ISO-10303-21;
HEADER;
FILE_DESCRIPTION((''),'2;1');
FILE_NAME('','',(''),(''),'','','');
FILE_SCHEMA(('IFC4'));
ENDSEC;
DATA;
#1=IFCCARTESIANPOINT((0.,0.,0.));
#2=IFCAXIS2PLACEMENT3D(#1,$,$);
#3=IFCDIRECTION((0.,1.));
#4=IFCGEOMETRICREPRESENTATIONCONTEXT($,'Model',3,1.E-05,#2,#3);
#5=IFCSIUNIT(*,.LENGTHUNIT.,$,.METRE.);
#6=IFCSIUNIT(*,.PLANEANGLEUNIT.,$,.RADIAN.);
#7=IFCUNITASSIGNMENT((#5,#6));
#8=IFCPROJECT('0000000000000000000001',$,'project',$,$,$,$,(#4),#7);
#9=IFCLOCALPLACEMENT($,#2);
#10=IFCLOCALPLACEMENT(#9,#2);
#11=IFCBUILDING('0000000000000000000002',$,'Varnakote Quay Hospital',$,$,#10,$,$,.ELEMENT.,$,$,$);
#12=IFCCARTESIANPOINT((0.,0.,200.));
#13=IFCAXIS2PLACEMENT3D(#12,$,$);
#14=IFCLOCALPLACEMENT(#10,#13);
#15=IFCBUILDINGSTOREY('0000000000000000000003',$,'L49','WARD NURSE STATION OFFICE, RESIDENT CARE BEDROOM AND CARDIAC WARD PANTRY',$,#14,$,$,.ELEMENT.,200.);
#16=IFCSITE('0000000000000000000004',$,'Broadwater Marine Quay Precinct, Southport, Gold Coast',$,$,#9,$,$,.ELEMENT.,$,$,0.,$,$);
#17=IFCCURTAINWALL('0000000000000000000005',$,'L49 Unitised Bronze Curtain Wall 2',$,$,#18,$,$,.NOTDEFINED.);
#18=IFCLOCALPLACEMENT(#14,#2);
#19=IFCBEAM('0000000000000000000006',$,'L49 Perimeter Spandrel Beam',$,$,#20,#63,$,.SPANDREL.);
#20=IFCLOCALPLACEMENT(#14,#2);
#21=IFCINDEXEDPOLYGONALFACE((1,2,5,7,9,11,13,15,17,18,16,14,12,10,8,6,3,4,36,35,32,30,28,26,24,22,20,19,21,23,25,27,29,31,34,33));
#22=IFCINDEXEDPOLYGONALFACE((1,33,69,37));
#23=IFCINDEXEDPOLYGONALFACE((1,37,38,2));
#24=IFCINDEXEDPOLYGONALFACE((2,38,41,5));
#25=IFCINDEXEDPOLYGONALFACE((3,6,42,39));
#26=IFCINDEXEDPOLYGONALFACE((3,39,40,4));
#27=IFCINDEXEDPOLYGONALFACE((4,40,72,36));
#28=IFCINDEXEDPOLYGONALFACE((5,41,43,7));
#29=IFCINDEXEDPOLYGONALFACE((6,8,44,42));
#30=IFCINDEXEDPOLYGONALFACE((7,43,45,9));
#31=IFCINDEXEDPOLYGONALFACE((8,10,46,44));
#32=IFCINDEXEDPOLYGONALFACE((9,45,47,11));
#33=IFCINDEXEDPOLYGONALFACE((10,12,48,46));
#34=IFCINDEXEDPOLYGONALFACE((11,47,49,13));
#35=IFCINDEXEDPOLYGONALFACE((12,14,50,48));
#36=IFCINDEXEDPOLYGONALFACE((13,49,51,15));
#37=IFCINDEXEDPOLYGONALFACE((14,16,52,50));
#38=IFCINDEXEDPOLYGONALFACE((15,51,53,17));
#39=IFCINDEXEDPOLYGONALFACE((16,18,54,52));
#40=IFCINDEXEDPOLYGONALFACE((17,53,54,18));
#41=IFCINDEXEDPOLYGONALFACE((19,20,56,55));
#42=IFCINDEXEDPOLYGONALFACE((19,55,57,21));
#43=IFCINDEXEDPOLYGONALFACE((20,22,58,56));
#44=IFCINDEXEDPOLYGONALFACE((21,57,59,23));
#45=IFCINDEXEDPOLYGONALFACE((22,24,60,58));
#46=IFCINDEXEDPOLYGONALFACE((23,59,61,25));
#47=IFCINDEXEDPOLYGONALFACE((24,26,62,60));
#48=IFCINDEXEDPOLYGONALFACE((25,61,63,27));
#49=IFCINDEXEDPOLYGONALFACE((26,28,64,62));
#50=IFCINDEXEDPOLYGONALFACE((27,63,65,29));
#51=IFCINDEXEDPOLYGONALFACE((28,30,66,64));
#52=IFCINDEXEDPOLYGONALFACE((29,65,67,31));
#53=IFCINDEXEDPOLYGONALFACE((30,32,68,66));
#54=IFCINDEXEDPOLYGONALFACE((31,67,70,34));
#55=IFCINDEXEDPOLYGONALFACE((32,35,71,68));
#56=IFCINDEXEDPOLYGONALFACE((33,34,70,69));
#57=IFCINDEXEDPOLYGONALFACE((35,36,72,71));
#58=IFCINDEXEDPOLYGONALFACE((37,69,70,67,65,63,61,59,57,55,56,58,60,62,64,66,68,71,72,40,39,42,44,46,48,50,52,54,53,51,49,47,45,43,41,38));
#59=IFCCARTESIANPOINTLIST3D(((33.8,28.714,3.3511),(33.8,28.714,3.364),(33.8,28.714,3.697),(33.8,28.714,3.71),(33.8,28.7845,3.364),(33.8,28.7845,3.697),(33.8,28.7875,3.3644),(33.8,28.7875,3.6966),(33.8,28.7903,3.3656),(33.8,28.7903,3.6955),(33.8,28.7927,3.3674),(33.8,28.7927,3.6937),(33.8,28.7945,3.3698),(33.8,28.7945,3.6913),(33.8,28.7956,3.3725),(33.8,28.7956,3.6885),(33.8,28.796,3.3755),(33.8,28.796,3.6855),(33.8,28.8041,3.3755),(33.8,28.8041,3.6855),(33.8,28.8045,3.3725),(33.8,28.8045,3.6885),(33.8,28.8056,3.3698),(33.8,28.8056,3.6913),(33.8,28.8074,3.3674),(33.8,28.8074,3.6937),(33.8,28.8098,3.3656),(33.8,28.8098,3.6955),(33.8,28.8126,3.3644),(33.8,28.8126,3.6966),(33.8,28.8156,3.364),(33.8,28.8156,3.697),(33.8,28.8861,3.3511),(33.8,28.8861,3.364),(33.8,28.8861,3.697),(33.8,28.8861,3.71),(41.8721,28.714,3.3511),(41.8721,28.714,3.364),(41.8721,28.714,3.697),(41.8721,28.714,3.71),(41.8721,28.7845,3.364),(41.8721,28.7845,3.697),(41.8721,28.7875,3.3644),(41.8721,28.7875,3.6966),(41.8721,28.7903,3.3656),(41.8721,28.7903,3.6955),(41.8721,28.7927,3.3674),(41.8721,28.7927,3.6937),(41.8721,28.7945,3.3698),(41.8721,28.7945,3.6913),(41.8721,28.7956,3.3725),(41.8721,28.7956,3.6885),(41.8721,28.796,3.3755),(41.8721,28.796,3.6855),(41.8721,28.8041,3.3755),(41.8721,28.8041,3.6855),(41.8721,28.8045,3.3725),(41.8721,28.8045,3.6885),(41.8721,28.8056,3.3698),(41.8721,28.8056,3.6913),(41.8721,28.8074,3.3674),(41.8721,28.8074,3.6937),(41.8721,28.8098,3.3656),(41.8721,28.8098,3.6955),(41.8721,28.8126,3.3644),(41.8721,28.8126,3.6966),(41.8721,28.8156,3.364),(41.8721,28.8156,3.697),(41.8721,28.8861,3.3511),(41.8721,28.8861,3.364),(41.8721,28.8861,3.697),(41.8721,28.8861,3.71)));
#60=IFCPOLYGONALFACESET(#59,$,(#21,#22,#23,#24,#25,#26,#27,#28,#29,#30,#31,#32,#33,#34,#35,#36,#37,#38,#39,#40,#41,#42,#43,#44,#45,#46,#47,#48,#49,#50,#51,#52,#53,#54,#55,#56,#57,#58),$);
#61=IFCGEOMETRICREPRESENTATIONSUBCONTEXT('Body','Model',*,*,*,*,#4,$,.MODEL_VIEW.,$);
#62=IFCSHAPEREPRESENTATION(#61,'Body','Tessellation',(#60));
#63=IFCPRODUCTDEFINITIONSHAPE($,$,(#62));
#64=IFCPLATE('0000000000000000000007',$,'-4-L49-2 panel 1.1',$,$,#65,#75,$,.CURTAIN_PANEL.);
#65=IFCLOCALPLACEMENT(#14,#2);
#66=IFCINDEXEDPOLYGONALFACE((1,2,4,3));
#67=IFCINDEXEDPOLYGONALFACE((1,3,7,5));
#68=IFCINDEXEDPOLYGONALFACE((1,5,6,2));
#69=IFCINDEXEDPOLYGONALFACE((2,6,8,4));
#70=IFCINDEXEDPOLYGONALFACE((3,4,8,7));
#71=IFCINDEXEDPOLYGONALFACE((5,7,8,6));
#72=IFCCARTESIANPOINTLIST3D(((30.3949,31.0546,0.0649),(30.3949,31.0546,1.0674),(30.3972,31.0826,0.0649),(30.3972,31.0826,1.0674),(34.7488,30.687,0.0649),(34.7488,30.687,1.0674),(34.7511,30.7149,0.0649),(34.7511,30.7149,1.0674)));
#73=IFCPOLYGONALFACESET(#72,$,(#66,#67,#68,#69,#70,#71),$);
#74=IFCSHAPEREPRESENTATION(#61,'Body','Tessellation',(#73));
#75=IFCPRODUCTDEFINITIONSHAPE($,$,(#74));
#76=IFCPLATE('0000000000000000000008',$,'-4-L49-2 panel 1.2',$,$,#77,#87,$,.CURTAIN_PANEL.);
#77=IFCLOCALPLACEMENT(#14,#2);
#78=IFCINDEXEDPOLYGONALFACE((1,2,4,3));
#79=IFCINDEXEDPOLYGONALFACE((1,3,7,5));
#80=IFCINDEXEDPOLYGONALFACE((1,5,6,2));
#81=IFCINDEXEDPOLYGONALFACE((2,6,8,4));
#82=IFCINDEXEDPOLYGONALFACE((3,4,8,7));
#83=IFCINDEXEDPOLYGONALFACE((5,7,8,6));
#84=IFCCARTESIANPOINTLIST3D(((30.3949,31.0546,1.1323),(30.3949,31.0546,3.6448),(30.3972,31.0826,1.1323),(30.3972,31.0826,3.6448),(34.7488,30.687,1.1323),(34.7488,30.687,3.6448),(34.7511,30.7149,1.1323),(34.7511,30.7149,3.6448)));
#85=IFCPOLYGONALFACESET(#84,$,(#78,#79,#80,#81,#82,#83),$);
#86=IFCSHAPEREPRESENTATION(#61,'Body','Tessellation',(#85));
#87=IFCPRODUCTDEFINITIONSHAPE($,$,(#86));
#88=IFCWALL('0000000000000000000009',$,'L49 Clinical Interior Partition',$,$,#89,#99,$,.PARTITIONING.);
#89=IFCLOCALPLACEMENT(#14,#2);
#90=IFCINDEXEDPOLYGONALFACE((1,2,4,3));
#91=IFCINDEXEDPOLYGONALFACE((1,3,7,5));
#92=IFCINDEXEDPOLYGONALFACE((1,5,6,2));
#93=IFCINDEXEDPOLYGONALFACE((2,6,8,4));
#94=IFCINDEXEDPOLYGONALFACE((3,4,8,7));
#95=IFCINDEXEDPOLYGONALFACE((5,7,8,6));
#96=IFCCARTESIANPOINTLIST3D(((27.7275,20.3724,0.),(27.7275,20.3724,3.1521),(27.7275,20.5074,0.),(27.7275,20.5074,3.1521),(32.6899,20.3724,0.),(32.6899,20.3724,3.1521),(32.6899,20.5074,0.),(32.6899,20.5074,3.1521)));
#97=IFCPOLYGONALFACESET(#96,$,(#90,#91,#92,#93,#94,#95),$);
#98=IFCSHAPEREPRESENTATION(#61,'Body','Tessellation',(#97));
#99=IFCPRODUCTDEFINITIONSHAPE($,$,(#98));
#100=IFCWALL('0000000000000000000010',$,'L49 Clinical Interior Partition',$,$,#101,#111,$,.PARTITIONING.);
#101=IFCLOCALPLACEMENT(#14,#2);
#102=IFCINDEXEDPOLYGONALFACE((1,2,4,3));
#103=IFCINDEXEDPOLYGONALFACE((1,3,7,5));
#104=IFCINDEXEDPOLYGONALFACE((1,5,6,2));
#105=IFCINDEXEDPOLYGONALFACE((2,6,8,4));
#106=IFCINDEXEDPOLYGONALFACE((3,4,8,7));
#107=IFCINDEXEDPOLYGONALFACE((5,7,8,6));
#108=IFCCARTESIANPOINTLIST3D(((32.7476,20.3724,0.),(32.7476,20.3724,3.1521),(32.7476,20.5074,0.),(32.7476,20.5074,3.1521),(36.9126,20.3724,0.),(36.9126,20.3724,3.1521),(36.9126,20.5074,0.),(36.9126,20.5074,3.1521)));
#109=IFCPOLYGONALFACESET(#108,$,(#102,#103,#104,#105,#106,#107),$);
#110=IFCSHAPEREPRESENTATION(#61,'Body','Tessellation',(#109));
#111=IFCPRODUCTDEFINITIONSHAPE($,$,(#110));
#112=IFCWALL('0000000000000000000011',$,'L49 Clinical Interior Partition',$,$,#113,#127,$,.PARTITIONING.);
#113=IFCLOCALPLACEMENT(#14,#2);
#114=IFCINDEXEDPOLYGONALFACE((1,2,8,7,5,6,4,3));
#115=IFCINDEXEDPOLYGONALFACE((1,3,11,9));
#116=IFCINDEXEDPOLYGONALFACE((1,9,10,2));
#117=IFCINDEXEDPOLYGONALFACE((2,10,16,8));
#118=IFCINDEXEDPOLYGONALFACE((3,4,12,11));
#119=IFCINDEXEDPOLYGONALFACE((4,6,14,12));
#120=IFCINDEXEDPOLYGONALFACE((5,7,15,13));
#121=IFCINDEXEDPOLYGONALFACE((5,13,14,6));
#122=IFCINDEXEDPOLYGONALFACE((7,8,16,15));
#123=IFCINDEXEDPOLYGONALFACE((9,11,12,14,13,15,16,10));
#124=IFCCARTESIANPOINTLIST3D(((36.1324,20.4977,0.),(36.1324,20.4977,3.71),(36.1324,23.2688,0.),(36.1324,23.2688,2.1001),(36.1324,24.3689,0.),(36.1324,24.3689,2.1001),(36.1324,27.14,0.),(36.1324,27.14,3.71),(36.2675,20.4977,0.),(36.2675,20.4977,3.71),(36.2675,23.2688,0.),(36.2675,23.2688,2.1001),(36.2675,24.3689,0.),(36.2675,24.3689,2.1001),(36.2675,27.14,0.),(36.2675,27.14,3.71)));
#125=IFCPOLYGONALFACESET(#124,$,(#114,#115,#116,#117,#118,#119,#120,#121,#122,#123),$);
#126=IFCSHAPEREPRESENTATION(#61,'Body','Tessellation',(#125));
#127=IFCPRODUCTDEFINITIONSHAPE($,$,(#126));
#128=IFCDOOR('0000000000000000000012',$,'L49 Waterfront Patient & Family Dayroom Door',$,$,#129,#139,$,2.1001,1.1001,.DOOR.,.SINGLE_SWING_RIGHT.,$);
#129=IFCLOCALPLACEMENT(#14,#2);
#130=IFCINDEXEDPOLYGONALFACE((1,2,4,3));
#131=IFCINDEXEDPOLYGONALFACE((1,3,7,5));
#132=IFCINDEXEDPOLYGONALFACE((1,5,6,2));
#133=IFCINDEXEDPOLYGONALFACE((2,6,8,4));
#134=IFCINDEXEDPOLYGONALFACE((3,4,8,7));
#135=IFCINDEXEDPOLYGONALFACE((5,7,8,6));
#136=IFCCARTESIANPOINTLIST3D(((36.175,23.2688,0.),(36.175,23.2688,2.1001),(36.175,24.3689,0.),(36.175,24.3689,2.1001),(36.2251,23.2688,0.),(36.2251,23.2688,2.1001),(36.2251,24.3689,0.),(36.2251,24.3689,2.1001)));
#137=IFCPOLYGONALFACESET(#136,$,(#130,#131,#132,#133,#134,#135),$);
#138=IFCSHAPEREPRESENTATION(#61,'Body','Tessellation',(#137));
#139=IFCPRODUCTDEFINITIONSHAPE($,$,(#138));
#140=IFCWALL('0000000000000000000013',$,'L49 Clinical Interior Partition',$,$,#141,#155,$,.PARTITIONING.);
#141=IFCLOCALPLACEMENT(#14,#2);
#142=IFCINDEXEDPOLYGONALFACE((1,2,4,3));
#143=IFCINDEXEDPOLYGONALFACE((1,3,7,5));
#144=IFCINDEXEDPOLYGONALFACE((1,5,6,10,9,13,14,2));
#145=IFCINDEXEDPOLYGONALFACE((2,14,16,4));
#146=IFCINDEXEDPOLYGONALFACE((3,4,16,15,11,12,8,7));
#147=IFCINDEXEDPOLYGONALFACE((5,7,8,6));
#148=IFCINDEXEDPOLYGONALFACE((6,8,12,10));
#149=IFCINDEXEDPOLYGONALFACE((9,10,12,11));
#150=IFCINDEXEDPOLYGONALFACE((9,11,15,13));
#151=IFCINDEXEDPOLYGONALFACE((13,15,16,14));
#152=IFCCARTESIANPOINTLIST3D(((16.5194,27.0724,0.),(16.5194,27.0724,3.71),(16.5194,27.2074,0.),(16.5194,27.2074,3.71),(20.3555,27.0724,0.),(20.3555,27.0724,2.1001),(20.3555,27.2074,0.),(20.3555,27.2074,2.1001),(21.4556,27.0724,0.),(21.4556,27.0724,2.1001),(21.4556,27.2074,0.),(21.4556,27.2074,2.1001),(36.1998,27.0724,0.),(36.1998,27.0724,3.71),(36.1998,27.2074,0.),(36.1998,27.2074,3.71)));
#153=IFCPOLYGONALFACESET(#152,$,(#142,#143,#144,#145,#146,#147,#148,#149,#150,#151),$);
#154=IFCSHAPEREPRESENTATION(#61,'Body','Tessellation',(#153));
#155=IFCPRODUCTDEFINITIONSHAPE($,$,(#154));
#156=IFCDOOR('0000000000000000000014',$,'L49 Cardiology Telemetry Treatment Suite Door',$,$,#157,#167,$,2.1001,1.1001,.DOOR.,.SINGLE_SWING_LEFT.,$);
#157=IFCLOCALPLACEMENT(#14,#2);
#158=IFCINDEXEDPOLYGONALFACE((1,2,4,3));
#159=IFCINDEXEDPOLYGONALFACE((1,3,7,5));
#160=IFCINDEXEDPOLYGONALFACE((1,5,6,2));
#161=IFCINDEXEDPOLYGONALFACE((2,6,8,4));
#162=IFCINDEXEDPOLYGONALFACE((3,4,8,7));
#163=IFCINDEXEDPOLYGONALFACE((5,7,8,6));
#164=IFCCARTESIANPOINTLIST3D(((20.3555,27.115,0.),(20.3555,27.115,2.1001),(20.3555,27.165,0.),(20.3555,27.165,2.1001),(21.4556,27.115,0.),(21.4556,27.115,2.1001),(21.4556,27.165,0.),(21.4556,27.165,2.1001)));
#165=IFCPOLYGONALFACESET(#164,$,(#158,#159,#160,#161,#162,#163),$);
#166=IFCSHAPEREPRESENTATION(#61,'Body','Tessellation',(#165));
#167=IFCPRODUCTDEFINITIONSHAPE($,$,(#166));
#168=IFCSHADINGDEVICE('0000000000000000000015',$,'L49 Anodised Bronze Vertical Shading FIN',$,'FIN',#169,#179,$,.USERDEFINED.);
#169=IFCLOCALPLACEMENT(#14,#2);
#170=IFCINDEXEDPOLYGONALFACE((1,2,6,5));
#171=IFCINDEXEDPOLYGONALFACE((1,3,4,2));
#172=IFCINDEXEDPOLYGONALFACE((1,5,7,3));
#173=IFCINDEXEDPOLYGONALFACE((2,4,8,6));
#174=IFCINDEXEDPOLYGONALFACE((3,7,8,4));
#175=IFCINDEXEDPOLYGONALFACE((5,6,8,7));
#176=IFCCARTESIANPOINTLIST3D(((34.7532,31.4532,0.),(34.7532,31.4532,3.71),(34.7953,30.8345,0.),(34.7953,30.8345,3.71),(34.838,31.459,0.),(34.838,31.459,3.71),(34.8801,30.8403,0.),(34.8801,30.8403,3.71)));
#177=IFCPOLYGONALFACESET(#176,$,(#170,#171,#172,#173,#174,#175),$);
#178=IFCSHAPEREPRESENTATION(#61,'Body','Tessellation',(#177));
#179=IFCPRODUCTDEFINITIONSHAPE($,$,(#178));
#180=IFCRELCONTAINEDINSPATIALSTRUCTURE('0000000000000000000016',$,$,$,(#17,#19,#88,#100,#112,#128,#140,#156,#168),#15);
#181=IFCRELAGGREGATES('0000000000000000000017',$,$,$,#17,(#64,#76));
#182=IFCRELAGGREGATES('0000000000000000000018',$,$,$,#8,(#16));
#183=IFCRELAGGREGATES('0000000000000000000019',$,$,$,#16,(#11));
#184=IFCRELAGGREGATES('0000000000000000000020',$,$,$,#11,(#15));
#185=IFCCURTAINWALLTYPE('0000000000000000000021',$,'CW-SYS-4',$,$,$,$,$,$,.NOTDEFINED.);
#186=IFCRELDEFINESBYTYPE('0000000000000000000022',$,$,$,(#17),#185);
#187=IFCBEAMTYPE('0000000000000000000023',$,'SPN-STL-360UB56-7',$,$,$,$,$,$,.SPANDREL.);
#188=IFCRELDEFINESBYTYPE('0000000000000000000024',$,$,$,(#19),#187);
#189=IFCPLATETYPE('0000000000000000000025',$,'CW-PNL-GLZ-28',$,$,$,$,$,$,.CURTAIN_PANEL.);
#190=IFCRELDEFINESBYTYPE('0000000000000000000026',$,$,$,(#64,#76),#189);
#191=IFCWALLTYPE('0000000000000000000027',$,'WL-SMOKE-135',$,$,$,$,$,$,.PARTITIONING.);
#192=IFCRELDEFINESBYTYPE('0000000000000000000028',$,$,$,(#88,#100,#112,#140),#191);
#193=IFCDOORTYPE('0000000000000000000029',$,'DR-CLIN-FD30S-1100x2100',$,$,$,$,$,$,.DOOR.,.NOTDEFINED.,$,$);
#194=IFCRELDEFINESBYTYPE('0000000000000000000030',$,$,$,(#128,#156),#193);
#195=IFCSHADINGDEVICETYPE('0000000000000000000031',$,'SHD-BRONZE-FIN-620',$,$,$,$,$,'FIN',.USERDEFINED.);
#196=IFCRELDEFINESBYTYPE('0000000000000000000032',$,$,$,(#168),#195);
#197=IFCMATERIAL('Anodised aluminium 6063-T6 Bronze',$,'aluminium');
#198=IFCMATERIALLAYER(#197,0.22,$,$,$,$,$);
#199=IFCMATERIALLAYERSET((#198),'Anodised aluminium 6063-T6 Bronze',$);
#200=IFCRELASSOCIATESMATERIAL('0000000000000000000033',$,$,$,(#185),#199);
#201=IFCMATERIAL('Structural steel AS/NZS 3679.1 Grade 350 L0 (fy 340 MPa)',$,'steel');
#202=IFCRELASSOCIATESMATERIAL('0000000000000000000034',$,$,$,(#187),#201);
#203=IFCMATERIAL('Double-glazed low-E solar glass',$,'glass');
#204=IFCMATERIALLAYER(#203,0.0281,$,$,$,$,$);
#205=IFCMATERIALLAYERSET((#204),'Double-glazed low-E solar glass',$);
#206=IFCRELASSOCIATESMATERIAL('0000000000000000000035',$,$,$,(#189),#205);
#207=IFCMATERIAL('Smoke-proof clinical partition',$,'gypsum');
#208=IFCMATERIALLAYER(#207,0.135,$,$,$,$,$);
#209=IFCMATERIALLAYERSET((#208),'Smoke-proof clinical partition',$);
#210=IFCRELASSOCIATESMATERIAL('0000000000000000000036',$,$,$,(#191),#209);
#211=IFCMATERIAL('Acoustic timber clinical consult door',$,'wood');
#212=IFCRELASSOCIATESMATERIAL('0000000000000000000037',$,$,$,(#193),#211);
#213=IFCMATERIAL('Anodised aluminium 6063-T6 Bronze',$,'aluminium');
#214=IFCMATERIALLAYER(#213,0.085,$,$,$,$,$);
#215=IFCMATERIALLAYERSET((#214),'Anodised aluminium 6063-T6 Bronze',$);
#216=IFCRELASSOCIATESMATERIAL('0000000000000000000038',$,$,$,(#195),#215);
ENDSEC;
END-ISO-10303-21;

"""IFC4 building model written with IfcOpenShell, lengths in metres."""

from ifc_helpers import new_model, si_unit, direction, frame, frame_2d, origin, origin_2d, place, context, subcontext, project, spatial, rectangle, i_section, extrude, material, layer, layer_set, material_profile, profile_set, type_object, element, fill, aggregate, save


model = new_model("IFC4")

# Units and contexts
model_context = context("Model", 3, precision=1e-05, world=origin(), true_north=direction((0.0, 1.0)))
body_context = subcontext(model_context, "Body", "Model", "MODEL_VIEW")
ifc_project = project(units=[si_unit("LENGTHUNIT", "METRE"), si_unit("PLANEANGLEUNIT", "RADIAN")], contexts=[model_context])

# Site, building, storey
site_placement = place(None, origin())
site = spatial("IfcSite", under=ifc_project, at=site_placement, Name="Broadwater Marine Quay Precinct, Southport, Gold Coast", CompositionType="ELEMENT", RefElevation=0.0)
building_placement = place(site_placement, origin())
building = spatial("IfcBuilding", under=site, at=building_placement, Name="Varnakote Quay Hospital", CompositionType="ELEMENT")
storey_placement = place(building_placement, frame((0.0, 0.0, 200.0)))
storey = spatial("IfcBuildingStorey", under=building, at=storey_placement, Name="L49", Description="WARD NURSE STATION OFFICE, RESIDENT CARE BEDROOM AND CARDIAC WARD PANTRY", CompositionType="ELEMENT", Elevation=200.0)

# Shared definitions
ifc_material_1 = material(Name="Anodised aluminium 6063-T6 Bronze", Category="aluminium")
ifc_layer_1 = layer(ifc_material_1, 0.22)
ifc_layer_set_1 = layer_set([ifc_layer_1], Name="Anodised aluminium 6063-T6 Bronze")
curtain_wall_type = type_object("IfcCurtainWallType", Name="CW-SYS-4", PredefinedType="NOTDEFINED", material=ifc_layer_set_1)

# Curtain wall
curtain_wall_1_placement = place(storey_placement, origin())
curtain_wall_1 = element("IfcCurtainWall", 1, at=curtain_wall_1_placement, inside=storey, type_object=curtain_wall_type, Name="L49 Unitised Bronze Curtain Wall 2", PredefinedType="NOTDEFINED")

# Beam
ifc_material_2 = material(Name="Structural steel AS/NZS 3679.1 Grade 350 L0 (fy 340 MPa)", Category="steel")
ifc_material_profile_1 = material_profile(ifc_material_2, i_section(OverallWidth=0.1721, OverallDepth=0.3589, WebThickness=0.0081, FlangeThickness=0.0129, FilletRadius=0.0115, at=origin_2d()), Name="360UB56.7")
ifc_profile_set_1 = profile_set([ifc_material_profile_1], Name="Structural steel AS/NZS 3679.1 Grade 350 L0 (fy 340 MPa)")
beam_type_1 = type_object("IfcBeamType", Name="SPN-STL-360UB56-7", PredefinedType="SPANDREL", material=ifc_profile_set_1)
beam_1_placement = place(storey_placement, frame((33.8, 28.8, 3.5305), z_axis=(1.0, 0.0, 0.0), x_axis=(0.0, 1.0, 0.0)))
element("IfcBeam", 2, at=beam_1_placement, inside=storey, type_object=beam_type_1, Name="L49 Perimeter Spandrel Beam", PredefinedType="SPANDREL", context=body_context, shape_type="SweptSolid", body=[
    extrude(i_section(OverallWidth=0.1721, OverallDepth=0.3589, WebThickness=0.0081, FlangeThickness=0.0129, FilletRadius=0.0115, at=origin_2d()), origin(), (0.0, 0.0, 1.0), 8.072),
])

# Plates
ifc_material_3 = material(Name="Double-glazed low-E solar glass", Category="glass")
ifc_layer_2 = layer(ifc_material_3, 0.0281)
ifc_layer_set_2 = layer_set([ifc_layer_2], Name="Double-glazed low-E solar glass")
plate_type = type_object("IfcPlateType", Name="CW-PNL-GLZ-28", PredefinedType="CURTAIN_PANEL", material=ifc_layer_set_2)
plate_1_placement = place(storey_placement, frame((32.573, 30.8848, 0.0649), z_axis=(0.0, 0.0, 1.0), x_axis=(-0.996454, 0.084136, 0.0)))
plate_1 = element("IfcPlate", 3, at=plate_1_placement, type_object=plate_type, Name="-4-L49-2 panel 1.1", PredefinedType="CURTAIN_PANEL", context=body_context, shape_type="SweptSolid", body=[
    extrude(rectangle(XDim=4.3694, YDim=0.0281, at=origin_2d()), origin(), (0.0, 0.0, 1.0), 1.0024),
])
plate_2_placement = place(storey_placement, frame((32.573, 30.8848, 1.1323), z_axis=(0.0, 0.0, 1.0), x_axis=(-0.996454, 0.084136, 0.0)))
plate_2 = element("IfcPlate", 4, at=plate_2_placement, type_object=plate_type, Name="-4-L49-2 panel 1.2", PredefinedType="CURTAIN_PANEL", context=body_context, shape_type="SweptSolid", body=[
    extrude(rectangle(XDim=4.3694, YDim=0.0281, at=origin_2d()), origin(), (0.0, 0.0, 1.0), 2.5125),
])
aggregate(curtain_wall_1, [plate_1, plate_2])

# Walls
ifc_material_4 = material(Name="Smoke-proof clinical partition", Category="gypsum")
ifc_layer_3 = layer(ifc_material_4, 0.135)
ifc_layer_set_3 = layer_set([ifc_layer_3], Name="Smoke-proof clinical partition")
wall_type = type_object("IfcWallType", Name="WL-SMOKE-135", PredefinedType="PARTITIONING", material=ifc_layer_set_3)
wall_1_placement = place(storey_placement, frame((32.6899, 20.4399, 0.0), z_axis=(0.0, 0.0, 1.0), x_axis=(-1.0, 0.0, 0.0)))
element("IfcWall", 5, at=wall_1_placement, inside=storey, type_object=wall_type, Name="L49 Clinical Interior Partition", PredefinedType="PARTITIONING", context=body_context, shape_type="SweptSolid", body=[
    extrude(rectangle(XDim=4.9624, YDim=0.135, at=frame_2d((2.4812, 0.0))), origin(), (0.0, 0.0, 1.0), 3.1521),
])
wall_2_placement = place(storey_placement, frame((36.9126, 20.4399, 0.0), z_axis=(0.0, 0.0, 1.0), x_axis=(-1.0, 0.0, 0.0)))
element("IfcWall", 6, at=wall_2_placement, inside=storey, type_object=wall_type, Name="L49 Clinical Interior Partition", PredefinedType="PARTITIONING", context=body_context, shape_type="SweptSolid", body=[
    extrude(rectangle(XDim=4.165, YDim=0.135, at=frame_2d((2.0825, 0.0))), origin(), (0.0, 0.0, 1.0), 3.1521),
])

# Walls, openings, doors
wall_3_placement = place(storey_placement, frame((36.2, 20.4976, 0.0), z_axis=(0.0, 0.0, 1.0), x_axis=(0.0, 1.0, 0.0)))
wall_3 = element("IfcWall", 7, at=wall_3_placement, inside=storey, type_object=wall_type, Name="L49 Clinical Interior Partition", PredefinedType="PARTITIONING", context=body_context, shape_type="SweptSolid", body=[
    extrude(rectangle(XDim=6.6423, YDim=0.135, at=frame_2d((3.3213, 0.0))), origin(), (0.0, 0.0, 1.0), 3.71),
])
opening_1_placement = place(wall_3_placement, frame((2.7712, 0.0, 0.0)))
opening_1 = element("IfcOpeningElement", 8, at=opening_1_placement, cuts=wall_3, PredefinedType="OPENING", context=body_context, shape_type="SweptSolid", body=[
    extrude(rectangle(XDim=1.1001, YDim=2.1001, at=frame_2d((0.55, 1.05))), frame((0.0, 0.0774, 0.0), z_axis=(0.0, -1.0, 0.0), x_axis=(1.0, 0.0, 0.0)), (0.0, 0.0, 1.0), 0.155),
])
ifc_material_5 = material(Name="Acoustic timber clinical consult door", Category="wood")
door_type = type_object("IfcDoorType", Name="DR-CLIN-FD30S-1100x2100", OperationType="NOTDEFINED", PredefinedType="DOOR", material=ifc_material_5)
door_1_placement = place(opening_1_placement, origin())
door_1 = element("IfcDoor", 9, at=door_1_placement, inside=storey, type_object=door_type, Name="L49 Waterfront Patient & Family Dayroom Door", OperationType="SINGLE_SWING_RIGHT", OverallHeight=2.1001, OverallWidth=1.1001, PredefinedType="DOOR", context=body_context, shape_type="SweptSolid", body=[
    extrude(rectangle(XDim=1.1001, YDim=2.1001, at=frame_2d((0.55, 1.05))), frame((0.0, 0.0249, 0.0), z_axis=(0.0, -1.0, 0.0), x_axis=(1.0, 0.0, 0.0)), (0.0, 0.0, 1.0), 0.05),
])
fill(opening_1, door_1)
wall_4_placement = place(storey_placement, frame((36.2, 27.1399, 0.0), z_axis=(0.0, 0.0, 1.0), x_axis=(-1.0, 0.0, 0.0)))
wall_4 = element("IfcWall", 10, at=wall_4_placement, inside=storey, type_object=wall_type, Name="L49 Clinical Interior Partition", PredefinedType="PARTITIONING", context=body_context, shape_type="SweptSolid", body=[
    extrude(rectangle(XDim=19.6804, YDim=0.135, at=frame_2d((9.8403, 0.0))), origin(), (0.0, 0.0, 1.0), 3.71),
])
opening_2_placement = place(wall_4_placement, frame((14.7444, 0.0, 0.0)))
opening_2 = element("IfcOpeningElement", 11, at=opening_2_placement, cuts=wall_4, PredefinedType="OPENING", context=body_context, shape_type="SweptSolid", body=[
    extrude(rectangle(XDim=1.1001, YDim=2.1001, at=frame_2d((0.55, 1.05))), frame((0.0, 0.0774, 0.0), z_axis=(0.0, -1.0, 0.0), x_axis=(1.0, 0.0, 0.0)), (0.0, 0.0, 1.0), 0.155),
])
door_2_placement = place(opening_2_placement, origin())
door_2 = element("IfcDoor", 12, at=door_2_placement, inside=storey, type_object=door_type, Name="L49 Cardiology Telemetry Treatment Suite Door", OperationType="SINGLE_SWING_LEFT", OverallHeight=2.1001, OverallWidth=1.1001, PredefinedType="DOOR", context=body_context, shape_type="SweptSolid", body=[
    extrude(rectangle(XDim=1.1001, YDim=2.1001, at=frame_2d((0.55, 1.05))), frame((0.0, 0.0249, 0.0), z_axis=(0.0, -1.0, 0.0), x_axis=(1.0, 0.0, 0.0)), (0.0, 0.0, 1.0), 0.05),
])
fill(opening_2, door_2)

# Shading device
ifc_material_6 = material(Name="Anodised aluminium 6063-T6 Bronze", Category="aluminium")
ifc_layer_4 = layer(ifc_material_6, 0.085)
ifc_layer_set_4 = layer_set([ifc_layer_4], Name="Anodised aluminium 6063-T6 Bronze")
shading_device_type = type_object("IfcShadingDeviceType", Name="SHD-BRONZE-FIN-620", ElementType="FIN", PredefinedType="USERDEFINED", material=ifc_layer_set_4)
for number, where, z_axis, x_axis, name in (
    (13, (34.8167, 31.1467, 0.0), (0.0, 0.0, 1.0), (0.067841, -0.997696, 0.0), "L49 Anodised Bronze Vertical Shading FIN"),
):
    element("IfcShadingDevice", number, at=place(storey_placement, frame(where, z_axis=z_axis, x_axis=x_axis)), inside=storey, type_object=shading_device_type, Name=name, ObjectType="FIN", PredefinedType="USERDEFINED", context=body_context, shape_type="SweptSolid", body=[
        extrude(rectangle(XDim=0.6201, YDim=0.085, at=origin_2d()), origin(), (0.0, 0.0, 1.0), 3.71),
    ])

save(model, "model.ifc")
